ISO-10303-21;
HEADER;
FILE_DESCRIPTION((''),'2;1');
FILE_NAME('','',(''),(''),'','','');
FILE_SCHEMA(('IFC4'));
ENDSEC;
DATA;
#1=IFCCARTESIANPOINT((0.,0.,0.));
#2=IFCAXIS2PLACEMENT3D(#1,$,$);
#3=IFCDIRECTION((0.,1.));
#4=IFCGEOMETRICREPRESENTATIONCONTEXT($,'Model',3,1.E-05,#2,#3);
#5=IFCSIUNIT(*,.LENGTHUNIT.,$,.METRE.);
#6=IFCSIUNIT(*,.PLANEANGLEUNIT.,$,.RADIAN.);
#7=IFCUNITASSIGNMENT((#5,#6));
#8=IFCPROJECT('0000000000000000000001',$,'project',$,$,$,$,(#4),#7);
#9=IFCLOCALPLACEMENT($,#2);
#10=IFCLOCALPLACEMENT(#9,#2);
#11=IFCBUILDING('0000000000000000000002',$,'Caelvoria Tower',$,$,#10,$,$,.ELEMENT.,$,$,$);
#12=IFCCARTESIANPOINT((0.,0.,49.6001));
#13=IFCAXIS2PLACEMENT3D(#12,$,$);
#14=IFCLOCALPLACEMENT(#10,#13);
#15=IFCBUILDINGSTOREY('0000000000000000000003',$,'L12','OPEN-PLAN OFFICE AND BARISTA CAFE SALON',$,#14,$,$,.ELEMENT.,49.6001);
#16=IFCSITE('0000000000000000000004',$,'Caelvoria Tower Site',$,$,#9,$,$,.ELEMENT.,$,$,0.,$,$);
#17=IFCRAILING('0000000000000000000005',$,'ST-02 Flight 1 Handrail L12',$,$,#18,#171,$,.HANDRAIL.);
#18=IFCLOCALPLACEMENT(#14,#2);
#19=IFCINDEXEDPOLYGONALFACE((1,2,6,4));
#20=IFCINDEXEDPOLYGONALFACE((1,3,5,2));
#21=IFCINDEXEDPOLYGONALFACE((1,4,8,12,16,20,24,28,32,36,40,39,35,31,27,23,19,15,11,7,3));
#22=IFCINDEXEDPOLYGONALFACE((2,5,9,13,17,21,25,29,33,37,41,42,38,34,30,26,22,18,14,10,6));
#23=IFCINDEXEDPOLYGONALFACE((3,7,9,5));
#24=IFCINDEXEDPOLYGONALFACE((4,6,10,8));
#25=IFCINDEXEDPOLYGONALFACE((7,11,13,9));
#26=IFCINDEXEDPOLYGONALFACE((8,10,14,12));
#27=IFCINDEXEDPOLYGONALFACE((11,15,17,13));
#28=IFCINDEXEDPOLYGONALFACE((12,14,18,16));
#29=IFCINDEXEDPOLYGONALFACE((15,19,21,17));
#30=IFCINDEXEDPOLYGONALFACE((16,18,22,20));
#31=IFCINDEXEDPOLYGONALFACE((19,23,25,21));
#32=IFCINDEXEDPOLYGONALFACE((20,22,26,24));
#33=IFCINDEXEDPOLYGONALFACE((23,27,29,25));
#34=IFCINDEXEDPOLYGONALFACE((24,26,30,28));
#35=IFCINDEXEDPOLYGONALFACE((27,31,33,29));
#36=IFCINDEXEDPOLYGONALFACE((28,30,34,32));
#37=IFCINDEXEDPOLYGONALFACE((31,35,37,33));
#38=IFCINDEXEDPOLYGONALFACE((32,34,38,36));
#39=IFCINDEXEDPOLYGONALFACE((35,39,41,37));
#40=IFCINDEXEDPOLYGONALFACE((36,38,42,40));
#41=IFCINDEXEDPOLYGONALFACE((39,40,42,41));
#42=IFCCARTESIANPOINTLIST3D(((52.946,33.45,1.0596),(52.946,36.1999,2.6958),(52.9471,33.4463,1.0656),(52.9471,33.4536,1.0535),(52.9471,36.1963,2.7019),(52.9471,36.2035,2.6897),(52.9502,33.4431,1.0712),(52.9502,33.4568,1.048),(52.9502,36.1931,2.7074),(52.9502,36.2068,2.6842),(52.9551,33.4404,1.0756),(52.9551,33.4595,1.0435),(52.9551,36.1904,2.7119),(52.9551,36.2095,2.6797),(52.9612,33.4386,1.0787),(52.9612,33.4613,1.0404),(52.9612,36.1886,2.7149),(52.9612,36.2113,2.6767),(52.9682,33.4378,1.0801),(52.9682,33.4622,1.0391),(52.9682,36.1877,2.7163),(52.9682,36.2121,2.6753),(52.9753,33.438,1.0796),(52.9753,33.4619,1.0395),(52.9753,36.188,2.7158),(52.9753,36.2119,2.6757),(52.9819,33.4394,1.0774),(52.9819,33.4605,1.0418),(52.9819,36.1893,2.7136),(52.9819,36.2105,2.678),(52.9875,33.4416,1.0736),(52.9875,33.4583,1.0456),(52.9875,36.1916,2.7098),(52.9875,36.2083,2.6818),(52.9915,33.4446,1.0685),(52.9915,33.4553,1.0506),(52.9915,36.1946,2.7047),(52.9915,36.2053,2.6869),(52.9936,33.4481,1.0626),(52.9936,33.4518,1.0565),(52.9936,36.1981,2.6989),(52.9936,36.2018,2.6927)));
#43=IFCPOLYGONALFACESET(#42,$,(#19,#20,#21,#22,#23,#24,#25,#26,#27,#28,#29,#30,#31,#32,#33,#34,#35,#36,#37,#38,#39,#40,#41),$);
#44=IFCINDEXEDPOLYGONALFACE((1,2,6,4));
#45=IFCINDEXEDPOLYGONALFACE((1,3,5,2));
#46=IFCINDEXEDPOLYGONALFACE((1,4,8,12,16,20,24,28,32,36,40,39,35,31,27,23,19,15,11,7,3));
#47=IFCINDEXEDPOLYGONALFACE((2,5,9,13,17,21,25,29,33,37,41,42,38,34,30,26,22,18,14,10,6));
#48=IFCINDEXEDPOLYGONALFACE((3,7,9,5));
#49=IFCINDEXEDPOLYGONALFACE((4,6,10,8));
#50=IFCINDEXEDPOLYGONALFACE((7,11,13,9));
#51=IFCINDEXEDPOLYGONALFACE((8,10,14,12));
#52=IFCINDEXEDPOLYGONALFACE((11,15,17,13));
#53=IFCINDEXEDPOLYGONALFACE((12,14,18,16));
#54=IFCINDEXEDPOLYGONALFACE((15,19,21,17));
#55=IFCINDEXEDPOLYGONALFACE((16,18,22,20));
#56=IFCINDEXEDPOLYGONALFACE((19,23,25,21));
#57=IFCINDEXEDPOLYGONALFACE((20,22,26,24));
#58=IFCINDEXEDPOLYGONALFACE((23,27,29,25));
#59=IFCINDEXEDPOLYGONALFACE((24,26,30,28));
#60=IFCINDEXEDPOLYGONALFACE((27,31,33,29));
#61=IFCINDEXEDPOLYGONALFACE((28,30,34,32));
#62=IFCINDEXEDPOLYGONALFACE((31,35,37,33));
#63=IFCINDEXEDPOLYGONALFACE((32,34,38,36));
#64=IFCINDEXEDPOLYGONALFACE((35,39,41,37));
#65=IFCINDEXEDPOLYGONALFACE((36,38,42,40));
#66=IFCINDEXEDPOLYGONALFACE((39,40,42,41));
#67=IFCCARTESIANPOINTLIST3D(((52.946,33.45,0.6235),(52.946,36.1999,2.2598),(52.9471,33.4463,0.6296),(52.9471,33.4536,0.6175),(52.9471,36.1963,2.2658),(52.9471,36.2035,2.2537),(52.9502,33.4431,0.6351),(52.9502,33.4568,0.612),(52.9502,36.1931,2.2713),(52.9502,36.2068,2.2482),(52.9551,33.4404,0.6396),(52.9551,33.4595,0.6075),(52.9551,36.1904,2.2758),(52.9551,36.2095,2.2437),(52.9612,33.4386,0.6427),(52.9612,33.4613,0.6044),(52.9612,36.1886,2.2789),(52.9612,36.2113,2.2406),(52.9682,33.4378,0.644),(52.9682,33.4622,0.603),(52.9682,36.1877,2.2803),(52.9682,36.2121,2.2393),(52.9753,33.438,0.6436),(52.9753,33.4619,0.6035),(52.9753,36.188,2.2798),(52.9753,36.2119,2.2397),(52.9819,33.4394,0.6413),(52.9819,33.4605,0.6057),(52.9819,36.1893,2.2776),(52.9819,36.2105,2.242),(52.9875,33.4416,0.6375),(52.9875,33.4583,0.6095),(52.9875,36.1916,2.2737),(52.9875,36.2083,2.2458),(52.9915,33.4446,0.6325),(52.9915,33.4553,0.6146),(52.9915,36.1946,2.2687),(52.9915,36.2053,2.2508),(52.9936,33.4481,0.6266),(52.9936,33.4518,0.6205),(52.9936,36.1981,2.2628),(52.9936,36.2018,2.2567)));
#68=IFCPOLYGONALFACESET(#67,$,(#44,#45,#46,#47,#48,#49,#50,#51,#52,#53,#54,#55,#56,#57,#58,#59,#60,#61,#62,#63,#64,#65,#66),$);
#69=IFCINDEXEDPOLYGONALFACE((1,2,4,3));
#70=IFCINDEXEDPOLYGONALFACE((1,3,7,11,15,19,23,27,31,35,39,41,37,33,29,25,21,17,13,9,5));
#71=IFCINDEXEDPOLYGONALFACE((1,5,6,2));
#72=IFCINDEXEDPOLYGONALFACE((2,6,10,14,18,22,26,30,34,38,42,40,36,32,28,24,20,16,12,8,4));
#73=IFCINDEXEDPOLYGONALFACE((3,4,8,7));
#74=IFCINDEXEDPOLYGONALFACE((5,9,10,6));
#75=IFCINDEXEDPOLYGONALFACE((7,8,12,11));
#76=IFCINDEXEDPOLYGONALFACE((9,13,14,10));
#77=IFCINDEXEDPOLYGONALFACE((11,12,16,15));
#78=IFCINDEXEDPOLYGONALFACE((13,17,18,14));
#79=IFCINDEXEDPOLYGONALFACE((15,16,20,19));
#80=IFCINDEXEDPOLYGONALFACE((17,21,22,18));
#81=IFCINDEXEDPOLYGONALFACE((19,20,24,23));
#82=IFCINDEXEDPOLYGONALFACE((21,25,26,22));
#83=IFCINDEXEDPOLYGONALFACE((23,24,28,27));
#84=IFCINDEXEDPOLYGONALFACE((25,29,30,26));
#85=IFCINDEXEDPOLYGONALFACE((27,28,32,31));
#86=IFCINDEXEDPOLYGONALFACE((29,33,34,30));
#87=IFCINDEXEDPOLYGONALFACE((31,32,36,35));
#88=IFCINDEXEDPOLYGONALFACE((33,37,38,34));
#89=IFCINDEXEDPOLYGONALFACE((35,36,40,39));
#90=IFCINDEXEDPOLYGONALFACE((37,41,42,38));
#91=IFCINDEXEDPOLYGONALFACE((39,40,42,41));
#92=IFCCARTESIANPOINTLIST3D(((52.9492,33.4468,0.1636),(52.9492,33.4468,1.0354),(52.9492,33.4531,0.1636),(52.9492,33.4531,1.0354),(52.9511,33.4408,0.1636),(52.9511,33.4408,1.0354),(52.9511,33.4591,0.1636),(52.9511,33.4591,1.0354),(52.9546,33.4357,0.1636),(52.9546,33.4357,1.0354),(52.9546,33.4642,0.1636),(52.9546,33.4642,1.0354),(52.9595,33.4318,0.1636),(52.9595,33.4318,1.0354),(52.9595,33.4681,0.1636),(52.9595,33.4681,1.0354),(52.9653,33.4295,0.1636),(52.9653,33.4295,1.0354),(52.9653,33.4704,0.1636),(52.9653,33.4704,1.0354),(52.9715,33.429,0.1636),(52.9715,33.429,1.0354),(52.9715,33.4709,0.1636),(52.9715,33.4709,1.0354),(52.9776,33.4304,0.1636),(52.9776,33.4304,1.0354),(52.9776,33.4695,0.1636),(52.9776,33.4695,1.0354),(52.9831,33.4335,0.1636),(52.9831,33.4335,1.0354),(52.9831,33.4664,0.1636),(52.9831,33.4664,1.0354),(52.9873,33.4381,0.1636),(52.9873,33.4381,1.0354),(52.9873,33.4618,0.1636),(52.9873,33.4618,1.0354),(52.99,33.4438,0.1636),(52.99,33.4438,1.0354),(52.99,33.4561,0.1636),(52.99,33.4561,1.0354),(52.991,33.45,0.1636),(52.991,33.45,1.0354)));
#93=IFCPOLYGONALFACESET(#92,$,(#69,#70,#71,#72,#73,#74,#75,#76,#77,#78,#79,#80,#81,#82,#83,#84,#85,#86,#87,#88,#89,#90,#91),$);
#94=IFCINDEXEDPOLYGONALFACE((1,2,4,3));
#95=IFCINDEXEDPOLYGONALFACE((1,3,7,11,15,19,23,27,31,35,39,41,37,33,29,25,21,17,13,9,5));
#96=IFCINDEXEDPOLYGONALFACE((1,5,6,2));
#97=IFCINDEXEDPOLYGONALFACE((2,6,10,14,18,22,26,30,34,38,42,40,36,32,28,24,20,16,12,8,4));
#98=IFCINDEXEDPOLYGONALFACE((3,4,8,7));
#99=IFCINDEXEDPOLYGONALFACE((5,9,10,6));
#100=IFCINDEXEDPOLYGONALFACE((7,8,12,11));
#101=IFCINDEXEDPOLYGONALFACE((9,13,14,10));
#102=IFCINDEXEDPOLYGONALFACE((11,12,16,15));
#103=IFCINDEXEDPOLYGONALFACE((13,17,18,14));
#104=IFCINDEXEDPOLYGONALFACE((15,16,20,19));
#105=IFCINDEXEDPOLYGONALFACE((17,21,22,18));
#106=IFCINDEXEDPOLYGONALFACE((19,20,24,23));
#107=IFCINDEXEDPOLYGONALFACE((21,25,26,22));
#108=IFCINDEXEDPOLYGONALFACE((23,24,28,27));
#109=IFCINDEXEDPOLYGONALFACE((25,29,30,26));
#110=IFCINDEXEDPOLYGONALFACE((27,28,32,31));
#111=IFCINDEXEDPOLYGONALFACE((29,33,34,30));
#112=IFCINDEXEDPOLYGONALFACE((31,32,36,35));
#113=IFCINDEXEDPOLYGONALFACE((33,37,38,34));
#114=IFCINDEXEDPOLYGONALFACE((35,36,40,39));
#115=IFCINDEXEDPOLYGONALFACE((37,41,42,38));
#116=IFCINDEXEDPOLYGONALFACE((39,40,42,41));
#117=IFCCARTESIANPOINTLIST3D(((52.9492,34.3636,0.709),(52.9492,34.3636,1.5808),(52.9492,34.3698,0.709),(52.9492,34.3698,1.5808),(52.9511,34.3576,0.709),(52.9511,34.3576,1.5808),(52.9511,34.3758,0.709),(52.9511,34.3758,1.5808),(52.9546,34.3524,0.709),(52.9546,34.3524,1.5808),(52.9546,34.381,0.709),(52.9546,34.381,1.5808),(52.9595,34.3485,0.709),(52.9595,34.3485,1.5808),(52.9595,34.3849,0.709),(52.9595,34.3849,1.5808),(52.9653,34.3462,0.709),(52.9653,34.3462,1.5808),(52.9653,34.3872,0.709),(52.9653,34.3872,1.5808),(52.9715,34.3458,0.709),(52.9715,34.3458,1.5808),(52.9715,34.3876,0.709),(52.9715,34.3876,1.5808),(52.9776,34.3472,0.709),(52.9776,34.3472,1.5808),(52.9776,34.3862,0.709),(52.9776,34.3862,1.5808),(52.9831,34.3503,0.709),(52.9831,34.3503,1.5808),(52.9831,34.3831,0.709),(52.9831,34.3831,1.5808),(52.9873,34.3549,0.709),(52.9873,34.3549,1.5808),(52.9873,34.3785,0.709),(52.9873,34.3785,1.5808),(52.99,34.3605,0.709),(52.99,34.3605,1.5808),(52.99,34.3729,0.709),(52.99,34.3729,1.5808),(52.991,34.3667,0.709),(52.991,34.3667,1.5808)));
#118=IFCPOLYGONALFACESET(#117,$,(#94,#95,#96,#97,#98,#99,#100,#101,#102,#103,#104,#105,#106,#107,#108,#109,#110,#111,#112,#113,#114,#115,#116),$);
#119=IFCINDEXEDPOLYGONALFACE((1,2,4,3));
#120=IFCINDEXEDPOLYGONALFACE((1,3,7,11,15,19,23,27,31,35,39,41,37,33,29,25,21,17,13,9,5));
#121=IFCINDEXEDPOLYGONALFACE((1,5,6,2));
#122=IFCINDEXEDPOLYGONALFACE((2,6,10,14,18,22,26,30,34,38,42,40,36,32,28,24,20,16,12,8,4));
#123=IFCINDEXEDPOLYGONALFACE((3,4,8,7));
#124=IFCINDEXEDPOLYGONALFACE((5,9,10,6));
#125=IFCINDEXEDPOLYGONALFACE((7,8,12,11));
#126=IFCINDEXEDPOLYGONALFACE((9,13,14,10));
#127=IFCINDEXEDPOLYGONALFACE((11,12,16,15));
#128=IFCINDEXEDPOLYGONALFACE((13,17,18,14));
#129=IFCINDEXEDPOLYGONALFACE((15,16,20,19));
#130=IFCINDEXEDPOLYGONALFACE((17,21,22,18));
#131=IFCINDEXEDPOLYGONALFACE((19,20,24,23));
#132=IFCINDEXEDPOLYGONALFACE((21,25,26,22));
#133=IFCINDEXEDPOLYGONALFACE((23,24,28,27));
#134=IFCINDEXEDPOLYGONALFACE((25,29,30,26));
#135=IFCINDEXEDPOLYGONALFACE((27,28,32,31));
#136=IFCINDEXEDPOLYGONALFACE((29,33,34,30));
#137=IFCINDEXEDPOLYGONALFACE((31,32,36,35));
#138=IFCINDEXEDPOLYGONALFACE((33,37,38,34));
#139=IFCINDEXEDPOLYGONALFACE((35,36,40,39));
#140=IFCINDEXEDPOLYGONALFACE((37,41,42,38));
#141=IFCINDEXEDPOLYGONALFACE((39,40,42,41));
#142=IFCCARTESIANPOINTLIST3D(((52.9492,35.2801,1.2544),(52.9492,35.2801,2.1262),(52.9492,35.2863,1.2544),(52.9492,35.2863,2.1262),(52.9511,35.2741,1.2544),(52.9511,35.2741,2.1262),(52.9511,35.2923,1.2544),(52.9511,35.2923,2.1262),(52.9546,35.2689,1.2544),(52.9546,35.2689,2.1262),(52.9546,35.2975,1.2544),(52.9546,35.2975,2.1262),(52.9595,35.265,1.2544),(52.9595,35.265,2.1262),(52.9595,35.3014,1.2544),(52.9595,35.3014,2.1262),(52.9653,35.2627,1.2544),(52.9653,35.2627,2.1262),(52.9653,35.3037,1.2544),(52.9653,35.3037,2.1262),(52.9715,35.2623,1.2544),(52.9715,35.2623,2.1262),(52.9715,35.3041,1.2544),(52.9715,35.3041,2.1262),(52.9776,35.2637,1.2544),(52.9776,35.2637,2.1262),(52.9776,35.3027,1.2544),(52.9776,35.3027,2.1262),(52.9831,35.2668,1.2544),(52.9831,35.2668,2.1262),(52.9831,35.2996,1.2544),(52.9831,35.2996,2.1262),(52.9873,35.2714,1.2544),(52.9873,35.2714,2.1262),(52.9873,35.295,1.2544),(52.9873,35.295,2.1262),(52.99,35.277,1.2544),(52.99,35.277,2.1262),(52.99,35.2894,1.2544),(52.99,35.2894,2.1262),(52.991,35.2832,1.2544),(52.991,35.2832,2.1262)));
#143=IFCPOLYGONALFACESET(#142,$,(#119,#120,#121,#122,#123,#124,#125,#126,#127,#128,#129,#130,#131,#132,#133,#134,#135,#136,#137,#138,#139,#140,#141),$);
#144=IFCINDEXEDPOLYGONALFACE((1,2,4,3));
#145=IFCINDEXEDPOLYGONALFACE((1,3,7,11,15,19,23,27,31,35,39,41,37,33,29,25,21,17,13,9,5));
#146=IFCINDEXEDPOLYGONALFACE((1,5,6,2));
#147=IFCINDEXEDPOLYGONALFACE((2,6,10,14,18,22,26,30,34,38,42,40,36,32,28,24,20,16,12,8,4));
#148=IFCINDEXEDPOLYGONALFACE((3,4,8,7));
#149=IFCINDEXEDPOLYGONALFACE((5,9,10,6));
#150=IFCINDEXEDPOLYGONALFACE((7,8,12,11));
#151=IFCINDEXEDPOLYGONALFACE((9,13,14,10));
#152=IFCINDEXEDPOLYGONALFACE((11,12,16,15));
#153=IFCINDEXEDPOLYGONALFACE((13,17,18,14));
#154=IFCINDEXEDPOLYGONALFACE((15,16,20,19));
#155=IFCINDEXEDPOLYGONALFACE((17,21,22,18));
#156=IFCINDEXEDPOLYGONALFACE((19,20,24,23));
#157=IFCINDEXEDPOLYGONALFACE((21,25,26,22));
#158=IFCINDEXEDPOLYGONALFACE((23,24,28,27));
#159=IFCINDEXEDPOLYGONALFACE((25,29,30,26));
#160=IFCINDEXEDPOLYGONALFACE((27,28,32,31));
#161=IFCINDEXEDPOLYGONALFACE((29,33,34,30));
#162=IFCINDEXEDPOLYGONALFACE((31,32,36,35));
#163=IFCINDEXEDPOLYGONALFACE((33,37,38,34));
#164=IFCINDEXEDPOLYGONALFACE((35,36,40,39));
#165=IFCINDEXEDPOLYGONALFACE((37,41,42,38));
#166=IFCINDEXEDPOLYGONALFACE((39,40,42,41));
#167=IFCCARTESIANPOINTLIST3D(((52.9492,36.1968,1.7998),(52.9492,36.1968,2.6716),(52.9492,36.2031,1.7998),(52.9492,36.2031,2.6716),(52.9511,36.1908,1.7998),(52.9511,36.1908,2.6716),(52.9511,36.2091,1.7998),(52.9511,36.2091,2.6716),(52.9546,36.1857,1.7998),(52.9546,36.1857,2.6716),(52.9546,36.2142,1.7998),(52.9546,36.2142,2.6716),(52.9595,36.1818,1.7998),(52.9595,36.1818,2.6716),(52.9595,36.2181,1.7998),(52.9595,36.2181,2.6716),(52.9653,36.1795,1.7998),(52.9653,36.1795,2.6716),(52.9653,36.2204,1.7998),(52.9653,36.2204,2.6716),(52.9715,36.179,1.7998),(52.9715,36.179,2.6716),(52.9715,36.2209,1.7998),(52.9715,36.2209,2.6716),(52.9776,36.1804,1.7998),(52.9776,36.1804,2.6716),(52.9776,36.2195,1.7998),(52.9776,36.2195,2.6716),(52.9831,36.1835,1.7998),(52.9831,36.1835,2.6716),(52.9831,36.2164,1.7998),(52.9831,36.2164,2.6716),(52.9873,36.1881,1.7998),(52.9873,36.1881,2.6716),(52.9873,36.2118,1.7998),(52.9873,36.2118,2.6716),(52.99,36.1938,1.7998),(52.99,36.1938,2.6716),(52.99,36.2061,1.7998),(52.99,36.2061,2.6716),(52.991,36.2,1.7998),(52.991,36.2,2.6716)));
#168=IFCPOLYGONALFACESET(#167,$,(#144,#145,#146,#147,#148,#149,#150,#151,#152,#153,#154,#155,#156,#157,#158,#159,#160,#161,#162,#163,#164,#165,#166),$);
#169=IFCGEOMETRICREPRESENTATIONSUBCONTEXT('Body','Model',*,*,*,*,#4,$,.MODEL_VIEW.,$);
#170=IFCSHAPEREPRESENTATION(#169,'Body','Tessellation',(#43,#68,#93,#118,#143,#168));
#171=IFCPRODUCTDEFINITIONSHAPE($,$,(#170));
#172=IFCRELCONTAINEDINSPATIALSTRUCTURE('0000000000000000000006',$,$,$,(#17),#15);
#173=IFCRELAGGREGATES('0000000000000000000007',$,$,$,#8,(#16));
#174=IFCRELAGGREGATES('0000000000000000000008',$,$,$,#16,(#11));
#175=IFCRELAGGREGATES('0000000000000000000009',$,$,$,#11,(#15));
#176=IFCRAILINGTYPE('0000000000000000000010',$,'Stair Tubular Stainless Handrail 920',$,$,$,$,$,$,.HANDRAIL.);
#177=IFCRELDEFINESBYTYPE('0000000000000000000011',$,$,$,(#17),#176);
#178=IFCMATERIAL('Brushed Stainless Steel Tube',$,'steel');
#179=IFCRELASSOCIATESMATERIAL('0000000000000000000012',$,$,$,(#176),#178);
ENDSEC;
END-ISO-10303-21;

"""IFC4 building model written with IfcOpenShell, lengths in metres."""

from ifc_helpers import new_model, si_unit, direction, frame, origin, origin_2d, place, context, subcontext, project, spatial, circle, extrude, material, type_object, element, save


model = new_model("IFC4")

# Units and contexts
model_context = context("Model", 3, precision=1e-05, world=origin(), true_north=direction((0.0, 1.0)))
body_context = subcontext(model_context, "Body", "Model", "MODEL_VIEW")
ifc_project = project(units=[si_unit("LENGTHUNIT", "METRE"), si_unit("PLANEANGLEUNIT", "RADIAN")], contexts=[model_context])

# Site, building, storey
site_placement = place(None, origin())
site = spatial("IfcSite", under=ifc_project, at=site_placement, Name="Caelvoria Tower Site", CompositionType="ELEMENT", RefElevation=0.0)
building_placement = place(site_placement, origin())
building = spatial("IfcBuilding", under=site, at=building_placement, Name="Caelvoria Tower", CompositionType="ELEMENT")
storey_placement = place(building_placement, frame((0.0, 0.0, 49.6001)))
storey = spatial("IfcBuildingStorey", under=building, at=storey_placement, Name="L12", Description="OPEN-PLAN OFFICE AND BARISTA CAFE SALON", CompositionType="ELEMENT", Elevation=49.6001)

# Railing
ifc_material_1 = material(Name="Brushed Stainless Steel Tube", Category="steel")
railing_type_1 = type_object("IfcRailingType", Name="Stair Tubular Stainless Handrail 920", PredefinedType="HANDRAIL", material=ifc_material_1)
railing_1_placement = place(storey_placement, frame((52.97, 33.45, 0.1636)))
element("IfcRailing", 1, at=railing_1_placement, inside=storey, type_object=railing_type_1, Name="ST-02 Flight 1 Handrail L12", PredefinedType="HANDRAIL", context=body_context, shape_type="SweptSolid", body=[
    extrude(circle(Radius=0.0239, at=origin_2d()), frame((0.0, 0.0, 0.896), z_axis=(0.0, 0.859385, 0.511328), x_axis=(-1.0, 0.0, 0.0)), (0.0, 0.0, 1.0), 3.2),
    extrude(circle(Radius=0.0239, at=origin_2d()), frame((0.0, 0.0, 0.46), z_axis=(0.0, 0.859385, 0.511328), x_axis=(-1.0, 0.0, 0.0)), (0.0, 0.0, 1.0), 3.2),
    extrude(circle(Radius=0.021, at=origin_2d()), origin(), (0.0, 0.0, 1.0), 0.8718),
    extrude(circle(Radius=0.021, at=origin_2d()), frame((0.0, 0.9167, 0.5454)), (0.0, 0.0, 1.0), 0.8718),
    extrude(circle(Radius=0.021, at=origin_2d()), frame((0.0, 1.8333, 1.0908)), (0.0, 0.0, 1.0), 0.8718),
    extrude(circle(Radius=0.021, at=origin_2d()), frame((0.0, 2.75, 1.6362)), (0.0, 0.0, 1.0), 0.8718),
])

save(model, "model.ifc")
